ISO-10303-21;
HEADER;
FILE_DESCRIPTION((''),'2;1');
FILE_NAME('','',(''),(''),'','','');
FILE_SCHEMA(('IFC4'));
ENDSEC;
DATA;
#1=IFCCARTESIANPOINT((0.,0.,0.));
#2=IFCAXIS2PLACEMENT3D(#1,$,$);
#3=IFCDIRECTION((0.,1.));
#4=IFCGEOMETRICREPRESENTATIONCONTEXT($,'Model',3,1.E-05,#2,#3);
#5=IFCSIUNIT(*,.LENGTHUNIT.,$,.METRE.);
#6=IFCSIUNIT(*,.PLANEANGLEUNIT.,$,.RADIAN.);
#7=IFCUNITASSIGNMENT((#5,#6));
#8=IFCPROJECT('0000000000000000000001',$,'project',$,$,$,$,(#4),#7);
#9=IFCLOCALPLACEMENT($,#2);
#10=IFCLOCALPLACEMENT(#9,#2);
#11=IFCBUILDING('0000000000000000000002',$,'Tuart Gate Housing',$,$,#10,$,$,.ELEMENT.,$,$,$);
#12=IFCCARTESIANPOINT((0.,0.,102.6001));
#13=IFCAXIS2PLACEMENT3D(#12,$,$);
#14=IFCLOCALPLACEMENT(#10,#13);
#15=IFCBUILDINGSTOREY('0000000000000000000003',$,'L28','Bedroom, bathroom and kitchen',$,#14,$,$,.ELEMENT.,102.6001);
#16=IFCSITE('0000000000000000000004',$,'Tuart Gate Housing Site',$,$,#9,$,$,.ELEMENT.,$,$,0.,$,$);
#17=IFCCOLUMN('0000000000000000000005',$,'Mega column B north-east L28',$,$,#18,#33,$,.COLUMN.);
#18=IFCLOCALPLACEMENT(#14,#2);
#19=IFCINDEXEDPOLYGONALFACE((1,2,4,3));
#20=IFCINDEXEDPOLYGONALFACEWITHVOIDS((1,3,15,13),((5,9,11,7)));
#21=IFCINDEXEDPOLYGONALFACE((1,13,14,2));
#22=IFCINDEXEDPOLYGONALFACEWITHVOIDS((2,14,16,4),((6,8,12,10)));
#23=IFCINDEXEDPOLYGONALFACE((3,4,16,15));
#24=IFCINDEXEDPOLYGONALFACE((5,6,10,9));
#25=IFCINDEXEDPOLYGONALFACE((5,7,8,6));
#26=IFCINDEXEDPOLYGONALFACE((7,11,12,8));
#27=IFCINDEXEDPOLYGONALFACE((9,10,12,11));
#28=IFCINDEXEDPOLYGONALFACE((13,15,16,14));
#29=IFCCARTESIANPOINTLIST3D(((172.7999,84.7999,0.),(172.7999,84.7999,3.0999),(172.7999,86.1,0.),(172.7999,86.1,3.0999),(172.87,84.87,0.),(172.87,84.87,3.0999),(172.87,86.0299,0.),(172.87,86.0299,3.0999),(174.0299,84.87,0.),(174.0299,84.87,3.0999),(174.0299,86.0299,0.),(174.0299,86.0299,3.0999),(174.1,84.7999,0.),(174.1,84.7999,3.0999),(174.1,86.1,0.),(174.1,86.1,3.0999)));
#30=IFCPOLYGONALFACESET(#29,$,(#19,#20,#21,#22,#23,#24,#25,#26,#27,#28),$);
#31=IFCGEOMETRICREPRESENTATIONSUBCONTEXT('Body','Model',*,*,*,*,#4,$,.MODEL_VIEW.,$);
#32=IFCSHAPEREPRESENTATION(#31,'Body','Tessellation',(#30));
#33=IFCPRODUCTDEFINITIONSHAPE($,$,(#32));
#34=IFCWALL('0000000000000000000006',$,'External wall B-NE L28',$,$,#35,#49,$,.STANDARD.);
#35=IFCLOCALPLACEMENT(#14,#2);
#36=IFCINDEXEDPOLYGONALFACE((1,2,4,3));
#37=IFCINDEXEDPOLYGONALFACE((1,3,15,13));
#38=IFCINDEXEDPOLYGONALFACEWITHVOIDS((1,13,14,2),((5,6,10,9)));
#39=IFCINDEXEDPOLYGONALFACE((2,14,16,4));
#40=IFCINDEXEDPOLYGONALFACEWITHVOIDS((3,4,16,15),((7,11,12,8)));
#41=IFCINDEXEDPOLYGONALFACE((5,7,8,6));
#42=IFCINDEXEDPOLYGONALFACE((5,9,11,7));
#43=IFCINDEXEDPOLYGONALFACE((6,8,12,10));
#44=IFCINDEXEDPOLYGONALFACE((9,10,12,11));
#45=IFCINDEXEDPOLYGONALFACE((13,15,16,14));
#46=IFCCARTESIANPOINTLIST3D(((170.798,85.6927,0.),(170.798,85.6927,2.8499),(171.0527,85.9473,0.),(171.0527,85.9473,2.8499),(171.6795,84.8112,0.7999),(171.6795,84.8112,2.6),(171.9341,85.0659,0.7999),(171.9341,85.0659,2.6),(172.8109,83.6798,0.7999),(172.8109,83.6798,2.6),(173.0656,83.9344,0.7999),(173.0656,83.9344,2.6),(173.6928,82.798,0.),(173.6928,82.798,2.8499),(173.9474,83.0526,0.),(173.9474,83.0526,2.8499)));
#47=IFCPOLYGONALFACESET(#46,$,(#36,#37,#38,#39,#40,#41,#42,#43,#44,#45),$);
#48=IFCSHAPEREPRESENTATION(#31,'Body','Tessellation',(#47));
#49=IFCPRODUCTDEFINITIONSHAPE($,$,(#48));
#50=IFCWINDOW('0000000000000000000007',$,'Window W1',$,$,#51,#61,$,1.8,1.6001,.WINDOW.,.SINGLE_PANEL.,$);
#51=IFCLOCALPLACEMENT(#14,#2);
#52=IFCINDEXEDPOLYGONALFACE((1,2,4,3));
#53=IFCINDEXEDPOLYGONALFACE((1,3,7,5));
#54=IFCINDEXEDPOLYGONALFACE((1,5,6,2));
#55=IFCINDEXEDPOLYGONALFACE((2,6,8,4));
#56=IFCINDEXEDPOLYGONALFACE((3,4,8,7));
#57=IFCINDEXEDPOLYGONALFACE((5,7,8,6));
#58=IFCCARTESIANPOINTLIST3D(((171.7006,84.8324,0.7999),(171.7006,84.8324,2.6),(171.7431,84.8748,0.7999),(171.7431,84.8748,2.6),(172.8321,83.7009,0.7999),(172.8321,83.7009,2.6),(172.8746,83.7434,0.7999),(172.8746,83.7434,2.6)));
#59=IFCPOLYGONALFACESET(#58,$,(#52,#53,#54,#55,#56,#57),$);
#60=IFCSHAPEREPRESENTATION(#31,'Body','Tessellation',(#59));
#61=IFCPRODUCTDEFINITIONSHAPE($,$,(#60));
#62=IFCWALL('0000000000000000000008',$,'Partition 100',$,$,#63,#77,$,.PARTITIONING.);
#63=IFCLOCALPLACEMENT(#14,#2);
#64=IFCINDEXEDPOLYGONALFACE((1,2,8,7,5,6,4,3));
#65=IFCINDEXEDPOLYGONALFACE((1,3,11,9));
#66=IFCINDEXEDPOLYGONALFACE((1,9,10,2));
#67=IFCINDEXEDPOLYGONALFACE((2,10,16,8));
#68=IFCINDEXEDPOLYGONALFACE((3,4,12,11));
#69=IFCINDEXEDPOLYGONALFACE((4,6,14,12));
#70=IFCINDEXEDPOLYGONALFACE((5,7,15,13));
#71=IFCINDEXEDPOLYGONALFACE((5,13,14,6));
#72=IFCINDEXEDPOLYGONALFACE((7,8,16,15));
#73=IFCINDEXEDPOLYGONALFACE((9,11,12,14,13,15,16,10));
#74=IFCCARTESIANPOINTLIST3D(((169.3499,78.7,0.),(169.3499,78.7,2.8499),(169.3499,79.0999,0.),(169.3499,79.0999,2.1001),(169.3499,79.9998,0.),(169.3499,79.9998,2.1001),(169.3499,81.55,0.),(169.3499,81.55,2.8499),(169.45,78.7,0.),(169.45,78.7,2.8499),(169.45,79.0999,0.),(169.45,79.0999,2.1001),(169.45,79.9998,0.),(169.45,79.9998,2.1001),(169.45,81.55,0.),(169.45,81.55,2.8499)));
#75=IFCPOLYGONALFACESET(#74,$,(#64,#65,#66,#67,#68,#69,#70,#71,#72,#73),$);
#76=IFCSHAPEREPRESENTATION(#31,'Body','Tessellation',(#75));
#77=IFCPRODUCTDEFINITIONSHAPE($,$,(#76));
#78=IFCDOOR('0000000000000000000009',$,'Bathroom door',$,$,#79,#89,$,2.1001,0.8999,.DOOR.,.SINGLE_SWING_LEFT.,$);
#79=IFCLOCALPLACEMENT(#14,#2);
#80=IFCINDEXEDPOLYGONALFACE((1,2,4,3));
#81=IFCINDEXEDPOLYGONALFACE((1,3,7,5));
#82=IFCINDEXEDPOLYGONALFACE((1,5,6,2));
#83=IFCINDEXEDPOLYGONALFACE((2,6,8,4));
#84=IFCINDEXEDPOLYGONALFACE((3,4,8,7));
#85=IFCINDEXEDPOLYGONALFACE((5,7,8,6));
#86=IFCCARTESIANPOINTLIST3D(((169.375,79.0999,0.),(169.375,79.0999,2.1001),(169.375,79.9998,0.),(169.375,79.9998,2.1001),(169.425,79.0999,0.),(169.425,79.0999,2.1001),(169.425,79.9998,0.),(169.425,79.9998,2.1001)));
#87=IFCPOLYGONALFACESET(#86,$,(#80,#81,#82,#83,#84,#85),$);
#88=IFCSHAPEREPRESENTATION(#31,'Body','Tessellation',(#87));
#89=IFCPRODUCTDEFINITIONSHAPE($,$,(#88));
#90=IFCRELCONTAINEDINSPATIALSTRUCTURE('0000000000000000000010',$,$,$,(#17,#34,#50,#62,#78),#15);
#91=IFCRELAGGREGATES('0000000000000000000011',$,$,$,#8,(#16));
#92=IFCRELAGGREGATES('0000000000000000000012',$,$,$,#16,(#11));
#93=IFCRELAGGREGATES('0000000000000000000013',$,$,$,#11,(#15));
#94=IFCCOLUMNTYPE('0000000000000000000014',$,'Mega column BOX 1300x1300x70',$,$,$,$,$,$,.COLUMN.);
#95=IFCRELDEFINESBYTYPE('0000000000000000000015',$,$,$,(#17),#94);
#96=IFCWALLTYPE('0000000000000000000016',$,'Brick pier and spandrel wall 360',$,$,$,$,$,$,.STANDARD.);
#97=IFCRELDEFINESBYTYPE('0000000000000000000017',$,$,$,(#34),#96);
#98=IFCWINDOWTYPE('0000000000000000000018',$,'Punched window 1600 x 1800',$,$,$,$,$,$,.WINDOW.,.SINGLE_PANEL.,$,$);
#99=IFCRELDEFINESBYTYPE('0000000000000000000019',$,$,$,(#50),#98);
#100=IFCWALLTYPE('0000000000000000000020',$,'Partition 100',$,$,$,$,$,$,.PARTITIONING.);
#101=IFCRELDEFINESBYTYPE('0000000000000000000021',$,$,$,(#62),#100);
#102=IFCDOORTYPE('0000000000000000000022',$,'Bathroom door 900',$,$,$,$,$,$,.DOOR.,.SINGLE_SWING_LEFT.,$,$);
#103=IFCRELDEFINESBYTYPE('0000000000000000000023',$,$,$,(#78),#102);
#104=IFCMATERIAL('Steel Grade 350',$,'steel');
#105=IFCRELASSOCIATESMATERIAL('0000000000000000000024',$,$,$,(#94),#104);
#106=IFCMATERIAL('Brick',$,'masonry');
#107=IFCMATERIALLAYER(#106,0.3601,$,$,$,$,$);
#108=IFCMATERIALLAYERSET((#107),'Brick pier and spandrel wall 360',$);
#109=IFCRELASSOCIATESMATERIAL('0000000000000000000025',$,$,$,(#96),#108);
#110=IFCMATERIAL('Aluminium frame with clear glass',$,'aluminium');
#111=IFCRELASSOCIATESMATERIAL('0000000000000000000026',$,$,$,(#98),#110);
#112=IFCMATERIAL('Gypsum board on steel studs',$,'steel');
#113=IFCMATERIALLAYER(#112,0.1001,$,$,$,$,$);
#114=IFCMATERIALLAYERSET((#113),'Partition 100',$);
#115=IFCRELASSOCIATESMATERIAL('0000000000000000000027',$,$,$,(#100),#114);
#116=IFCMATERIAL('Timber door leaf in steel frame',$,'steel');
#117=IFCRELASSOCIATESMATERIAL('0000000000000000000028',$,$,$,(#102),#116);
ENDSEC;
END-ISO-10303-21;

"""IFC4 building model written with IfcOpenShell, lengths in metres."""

from ifc_helpers import new_model, si_unit, direction, frame, frame_2d, origin, origin_2d, place, context, subcontext, project, spatial, rectangle, hollow_rectangle, extrude, material, layer, layer_set, material_profile, profile_set, type_object, element, fill, save


model = new_model("IFC4")

# Units and contexts
model_context = context("Model", 3, precision=1e-05, world=origin(), true_north=direction((0.0, 1.0)))
body_context = subcontext(model_context, "Body", "Model", "MODEL_VIEW")
ifc_project = project(units=[si_unit("LENGTHUNIT", "METRE"), si_unit("PLANEANGLEUNIT", "RADIAN")], contexts=[model_context])

# Site, building, storey
site_placement = place(None, origin())
site = spatial("IfcSite", under=ifc_project, at=site_placement, Name="Tuart Gate Housing Site", CompositionType="ELEMENT", RefElevation=0.0)
building_placement = place(site_placement, origin())
building = spatial("IfcBuilding", under=site, at=building_placement, Name="Tuart Gate Housing", CompositionType="ELEMENT")
storey_placement = place(building_placement, frame((0.0, 0.0, 102.6001)))
storey = spatial("IfcBuildingStorey", under=building, at=storey_placement, Name="L28", Description="Bedroom, bathroom and kitchen", CompositionType="ELEMENT", Elevation=102.6001)

# Column
ifc_material_1 = material(Name="Steel Grade 350", Category="steel")
ifc_material_profile = material_profile(ifc_material_1, hollow_rectangle(XDim=1.3, YDim=1.3, WallThickness=0.0701, at=origin_2d()), Name="BOX 1300x1300x70")
ifc_profile_set = profile_set([ifc_material_profile], Name="Steel Grade 350")
column_type = type_object("IfcColumnType", Name="Mega column BOX 1300x1300x70", PredefinedType="COLUMN", material=ifc_profile_set)
column_placement = place(storey_placement, frame((173.45, 85.45, 0.0), z_axis=(0.0, 0.0, 1.0), x_axis=(1.0, 0.0, 0.0)))
element("IfcColumn", 1, at=column_placement, inside=storey, type_object=column_type, Name="Mega column B north-east L28", PredefinedType="COLUMN", context=body_context, shape_type="SweptSolid", body=[
    extrude(hollow_rectangle(XDim=1.3, YDim=1.3, WallThickness=0.0701, at=origin_2d()), origin(), (0.0, 0.0, 1.0), 3.0999),
])

# Wall, opening, window
ifc_material_2 = material(Name="Brick", Category="masonry")
ifc_layer_1 = layer(ifc_material_2, 0.3601)
ifc_layer_set_1 = layer_set([ifc_layer_1], Name="Brick pier and spandrel wall 360")
wall_type_1 = type_object("IfcWallType", Name="Brick pier and spandrel wall 360", PredefinedType="STANDARD", material=ifc_layer_set_1)
wall_1_placement = place(storey_placement, frame((173.8201, 82.9253, 0.0), z_axis=(0.0, 0.0, 1.0), x_axis=(-0.707107, 0.707107, 0.0)))
wall_1 = element("IfcWall", 2, at=wall_1_placement, inside=storey, type_object=wall_type_1, Name="External wall B-NE L28", PredefinedType="STANDARD", context=body_context, shape_type="SweptSolid", body=[
    extrude(rectangle(XDim=4.0938, YDim=0.3601, at=frame_2d((2.0469, 0.0))), origin(), (0.0, 0.0, 1.0), 2.8499),
])
opening_1_placement = place(wall_1_placement, frame((1.2471, 0.0, 0.8)))
opening_1 = element("IfcOpeningElement", 3, at=opening_1_placement, cuts=wall_1, PredefinedType="OPENING", context=body_context, shape_type="SweptSolid", body=[
    extrude(rectangle(XDim=1.6001, YDim=1.8, at=frame_2d((0.8, 0.8999))), frame((0.0, 0.1899, 0.0), z_axis=(0.0, -1.0, 0.0), x_axis=(1.0, 0.0, 0.0)), (0.0, 0.0, 1.0), 0.3801),
])
ifc_material_3 = material(Name="Aluminium frame with clear glass", Category="aluminium")
window_type_1 = type_object("IfcWindowType", Name="Punched window 1600 x 1800", PartitioningType="SINGLE_PANEL", PredefinedType="WINDOW", material=ifc_material_3)
window_1_placement = place(opening_1_placement, origin())
window_1 = element("IfcWindow", 4, at=window_1_placement, inside=storey, type_object=window_type_1, Name="Window W1", OverallHeight=1.8, OverallWidth=1.6001, PartitioningType="SINGLE_PANEL", PredefinedType="WINDOW", context=body_context, shape_type="SweptSolid", body=[
    extrude(rectangle(XDim=1.6001, YDim=1.8, at=frame_2d((0.8, 0.8999))), frame((0.0, 0.1501, 0.0), z_axis=(0.0, -1.0, 0.0), x_axis=(1.0, 0.0, 0.0)), (0.0, 0.0, 1.0), 0.0601),
])
fill(opening_1, window_1)

# Wall, opening, door
ifc_material_4 = material(Name="Gypsum board on steel studs", Category="steel")
ifc_layer_2 = layer(ifc_material_4, 0.1001)
ifc_layer_set_2 = layer_set([ifc_layer_2], Name="Partition 100")
wall_type_2 = type_object("IfcWallType", Name="Partition 100", PredefinedType="PARTITIONING", material=ifc_layer_set_2)
wall_2_placement = place(storey_placement, frame((169.3999, 78.7, 0.0), z_axis=(0.0, 0.0, 1.0), x_axis=(0.0, 1.0, 0.0)))
wall_2 = element("IfcWall", 5, at=wall_2_placement, inside=storey, type_object=wall_type_2, Name="Partition 100", PredefinedType="PARTITIONING", context=body_context, shape_type="SweptSolid", body=[
    extrude(rectangle(XDim=2.8501, YDim=0.1001, at=frame_2d((1.425, 0.0))), origin(), (0.0, 0.0, 1.0), 2.8499),
])
opening_2_placement = place(wall_2_placement, frame((0.3999, 0.0, 0.0)))
opening_2 = element("IfcOpeningElement", 6, at=opening_2_placement, cuts=wall_2, PredefinedType="OPENING", context=body_context, shape_type="SweptSolid", body=[
    extrude(rectangle(XDim=0.8999, YDim=2.1001, at=frame_2d((0.45, 1.05))), frame((0.0, 0.0601, 0.0), z_axis=(0.0, -1.0, 0.0), x_axis=(1.0, 0.0, 0.0)), (0.0, 0.0, 1.0), 0.1201),
])
ifc_material_5 = material(Name="Timber door leaf in steel frame", Category="steel")
door_type = type_object("IfcDoorType", Name="Bathroom door 900", OperationType="SINGLE_SWING_LEFT", PredefinedType="DOOR", material=ifc_material_5)
door_placement = place(opening_2_placement, origin())
door = element("IfcDoor", 7, at=door_placement, inside=storey, type_object=door_type, Name="Bathroom door", OperationType="SINGLE_SWING_LEFT", OverallHeight=2.1001, OverallWidth=0.8999, PredefinedType="DOOR", context=body_context, shape_type="SweptSolid", body=[
    extrude(rectangle(XDim=0.8999, YDim=2.1001, at=frame_2d((0.45, 1.05))), frame((0.0, 0.0249, 0.0), z_axis=(0.0, -1.0, 0.0), x_axis=(1.0, 0.0, 0.0)), (0.0, 0.0, 1.0), 0.05),
])
fill(opening_2, door)

save(model, "model.ifc")
